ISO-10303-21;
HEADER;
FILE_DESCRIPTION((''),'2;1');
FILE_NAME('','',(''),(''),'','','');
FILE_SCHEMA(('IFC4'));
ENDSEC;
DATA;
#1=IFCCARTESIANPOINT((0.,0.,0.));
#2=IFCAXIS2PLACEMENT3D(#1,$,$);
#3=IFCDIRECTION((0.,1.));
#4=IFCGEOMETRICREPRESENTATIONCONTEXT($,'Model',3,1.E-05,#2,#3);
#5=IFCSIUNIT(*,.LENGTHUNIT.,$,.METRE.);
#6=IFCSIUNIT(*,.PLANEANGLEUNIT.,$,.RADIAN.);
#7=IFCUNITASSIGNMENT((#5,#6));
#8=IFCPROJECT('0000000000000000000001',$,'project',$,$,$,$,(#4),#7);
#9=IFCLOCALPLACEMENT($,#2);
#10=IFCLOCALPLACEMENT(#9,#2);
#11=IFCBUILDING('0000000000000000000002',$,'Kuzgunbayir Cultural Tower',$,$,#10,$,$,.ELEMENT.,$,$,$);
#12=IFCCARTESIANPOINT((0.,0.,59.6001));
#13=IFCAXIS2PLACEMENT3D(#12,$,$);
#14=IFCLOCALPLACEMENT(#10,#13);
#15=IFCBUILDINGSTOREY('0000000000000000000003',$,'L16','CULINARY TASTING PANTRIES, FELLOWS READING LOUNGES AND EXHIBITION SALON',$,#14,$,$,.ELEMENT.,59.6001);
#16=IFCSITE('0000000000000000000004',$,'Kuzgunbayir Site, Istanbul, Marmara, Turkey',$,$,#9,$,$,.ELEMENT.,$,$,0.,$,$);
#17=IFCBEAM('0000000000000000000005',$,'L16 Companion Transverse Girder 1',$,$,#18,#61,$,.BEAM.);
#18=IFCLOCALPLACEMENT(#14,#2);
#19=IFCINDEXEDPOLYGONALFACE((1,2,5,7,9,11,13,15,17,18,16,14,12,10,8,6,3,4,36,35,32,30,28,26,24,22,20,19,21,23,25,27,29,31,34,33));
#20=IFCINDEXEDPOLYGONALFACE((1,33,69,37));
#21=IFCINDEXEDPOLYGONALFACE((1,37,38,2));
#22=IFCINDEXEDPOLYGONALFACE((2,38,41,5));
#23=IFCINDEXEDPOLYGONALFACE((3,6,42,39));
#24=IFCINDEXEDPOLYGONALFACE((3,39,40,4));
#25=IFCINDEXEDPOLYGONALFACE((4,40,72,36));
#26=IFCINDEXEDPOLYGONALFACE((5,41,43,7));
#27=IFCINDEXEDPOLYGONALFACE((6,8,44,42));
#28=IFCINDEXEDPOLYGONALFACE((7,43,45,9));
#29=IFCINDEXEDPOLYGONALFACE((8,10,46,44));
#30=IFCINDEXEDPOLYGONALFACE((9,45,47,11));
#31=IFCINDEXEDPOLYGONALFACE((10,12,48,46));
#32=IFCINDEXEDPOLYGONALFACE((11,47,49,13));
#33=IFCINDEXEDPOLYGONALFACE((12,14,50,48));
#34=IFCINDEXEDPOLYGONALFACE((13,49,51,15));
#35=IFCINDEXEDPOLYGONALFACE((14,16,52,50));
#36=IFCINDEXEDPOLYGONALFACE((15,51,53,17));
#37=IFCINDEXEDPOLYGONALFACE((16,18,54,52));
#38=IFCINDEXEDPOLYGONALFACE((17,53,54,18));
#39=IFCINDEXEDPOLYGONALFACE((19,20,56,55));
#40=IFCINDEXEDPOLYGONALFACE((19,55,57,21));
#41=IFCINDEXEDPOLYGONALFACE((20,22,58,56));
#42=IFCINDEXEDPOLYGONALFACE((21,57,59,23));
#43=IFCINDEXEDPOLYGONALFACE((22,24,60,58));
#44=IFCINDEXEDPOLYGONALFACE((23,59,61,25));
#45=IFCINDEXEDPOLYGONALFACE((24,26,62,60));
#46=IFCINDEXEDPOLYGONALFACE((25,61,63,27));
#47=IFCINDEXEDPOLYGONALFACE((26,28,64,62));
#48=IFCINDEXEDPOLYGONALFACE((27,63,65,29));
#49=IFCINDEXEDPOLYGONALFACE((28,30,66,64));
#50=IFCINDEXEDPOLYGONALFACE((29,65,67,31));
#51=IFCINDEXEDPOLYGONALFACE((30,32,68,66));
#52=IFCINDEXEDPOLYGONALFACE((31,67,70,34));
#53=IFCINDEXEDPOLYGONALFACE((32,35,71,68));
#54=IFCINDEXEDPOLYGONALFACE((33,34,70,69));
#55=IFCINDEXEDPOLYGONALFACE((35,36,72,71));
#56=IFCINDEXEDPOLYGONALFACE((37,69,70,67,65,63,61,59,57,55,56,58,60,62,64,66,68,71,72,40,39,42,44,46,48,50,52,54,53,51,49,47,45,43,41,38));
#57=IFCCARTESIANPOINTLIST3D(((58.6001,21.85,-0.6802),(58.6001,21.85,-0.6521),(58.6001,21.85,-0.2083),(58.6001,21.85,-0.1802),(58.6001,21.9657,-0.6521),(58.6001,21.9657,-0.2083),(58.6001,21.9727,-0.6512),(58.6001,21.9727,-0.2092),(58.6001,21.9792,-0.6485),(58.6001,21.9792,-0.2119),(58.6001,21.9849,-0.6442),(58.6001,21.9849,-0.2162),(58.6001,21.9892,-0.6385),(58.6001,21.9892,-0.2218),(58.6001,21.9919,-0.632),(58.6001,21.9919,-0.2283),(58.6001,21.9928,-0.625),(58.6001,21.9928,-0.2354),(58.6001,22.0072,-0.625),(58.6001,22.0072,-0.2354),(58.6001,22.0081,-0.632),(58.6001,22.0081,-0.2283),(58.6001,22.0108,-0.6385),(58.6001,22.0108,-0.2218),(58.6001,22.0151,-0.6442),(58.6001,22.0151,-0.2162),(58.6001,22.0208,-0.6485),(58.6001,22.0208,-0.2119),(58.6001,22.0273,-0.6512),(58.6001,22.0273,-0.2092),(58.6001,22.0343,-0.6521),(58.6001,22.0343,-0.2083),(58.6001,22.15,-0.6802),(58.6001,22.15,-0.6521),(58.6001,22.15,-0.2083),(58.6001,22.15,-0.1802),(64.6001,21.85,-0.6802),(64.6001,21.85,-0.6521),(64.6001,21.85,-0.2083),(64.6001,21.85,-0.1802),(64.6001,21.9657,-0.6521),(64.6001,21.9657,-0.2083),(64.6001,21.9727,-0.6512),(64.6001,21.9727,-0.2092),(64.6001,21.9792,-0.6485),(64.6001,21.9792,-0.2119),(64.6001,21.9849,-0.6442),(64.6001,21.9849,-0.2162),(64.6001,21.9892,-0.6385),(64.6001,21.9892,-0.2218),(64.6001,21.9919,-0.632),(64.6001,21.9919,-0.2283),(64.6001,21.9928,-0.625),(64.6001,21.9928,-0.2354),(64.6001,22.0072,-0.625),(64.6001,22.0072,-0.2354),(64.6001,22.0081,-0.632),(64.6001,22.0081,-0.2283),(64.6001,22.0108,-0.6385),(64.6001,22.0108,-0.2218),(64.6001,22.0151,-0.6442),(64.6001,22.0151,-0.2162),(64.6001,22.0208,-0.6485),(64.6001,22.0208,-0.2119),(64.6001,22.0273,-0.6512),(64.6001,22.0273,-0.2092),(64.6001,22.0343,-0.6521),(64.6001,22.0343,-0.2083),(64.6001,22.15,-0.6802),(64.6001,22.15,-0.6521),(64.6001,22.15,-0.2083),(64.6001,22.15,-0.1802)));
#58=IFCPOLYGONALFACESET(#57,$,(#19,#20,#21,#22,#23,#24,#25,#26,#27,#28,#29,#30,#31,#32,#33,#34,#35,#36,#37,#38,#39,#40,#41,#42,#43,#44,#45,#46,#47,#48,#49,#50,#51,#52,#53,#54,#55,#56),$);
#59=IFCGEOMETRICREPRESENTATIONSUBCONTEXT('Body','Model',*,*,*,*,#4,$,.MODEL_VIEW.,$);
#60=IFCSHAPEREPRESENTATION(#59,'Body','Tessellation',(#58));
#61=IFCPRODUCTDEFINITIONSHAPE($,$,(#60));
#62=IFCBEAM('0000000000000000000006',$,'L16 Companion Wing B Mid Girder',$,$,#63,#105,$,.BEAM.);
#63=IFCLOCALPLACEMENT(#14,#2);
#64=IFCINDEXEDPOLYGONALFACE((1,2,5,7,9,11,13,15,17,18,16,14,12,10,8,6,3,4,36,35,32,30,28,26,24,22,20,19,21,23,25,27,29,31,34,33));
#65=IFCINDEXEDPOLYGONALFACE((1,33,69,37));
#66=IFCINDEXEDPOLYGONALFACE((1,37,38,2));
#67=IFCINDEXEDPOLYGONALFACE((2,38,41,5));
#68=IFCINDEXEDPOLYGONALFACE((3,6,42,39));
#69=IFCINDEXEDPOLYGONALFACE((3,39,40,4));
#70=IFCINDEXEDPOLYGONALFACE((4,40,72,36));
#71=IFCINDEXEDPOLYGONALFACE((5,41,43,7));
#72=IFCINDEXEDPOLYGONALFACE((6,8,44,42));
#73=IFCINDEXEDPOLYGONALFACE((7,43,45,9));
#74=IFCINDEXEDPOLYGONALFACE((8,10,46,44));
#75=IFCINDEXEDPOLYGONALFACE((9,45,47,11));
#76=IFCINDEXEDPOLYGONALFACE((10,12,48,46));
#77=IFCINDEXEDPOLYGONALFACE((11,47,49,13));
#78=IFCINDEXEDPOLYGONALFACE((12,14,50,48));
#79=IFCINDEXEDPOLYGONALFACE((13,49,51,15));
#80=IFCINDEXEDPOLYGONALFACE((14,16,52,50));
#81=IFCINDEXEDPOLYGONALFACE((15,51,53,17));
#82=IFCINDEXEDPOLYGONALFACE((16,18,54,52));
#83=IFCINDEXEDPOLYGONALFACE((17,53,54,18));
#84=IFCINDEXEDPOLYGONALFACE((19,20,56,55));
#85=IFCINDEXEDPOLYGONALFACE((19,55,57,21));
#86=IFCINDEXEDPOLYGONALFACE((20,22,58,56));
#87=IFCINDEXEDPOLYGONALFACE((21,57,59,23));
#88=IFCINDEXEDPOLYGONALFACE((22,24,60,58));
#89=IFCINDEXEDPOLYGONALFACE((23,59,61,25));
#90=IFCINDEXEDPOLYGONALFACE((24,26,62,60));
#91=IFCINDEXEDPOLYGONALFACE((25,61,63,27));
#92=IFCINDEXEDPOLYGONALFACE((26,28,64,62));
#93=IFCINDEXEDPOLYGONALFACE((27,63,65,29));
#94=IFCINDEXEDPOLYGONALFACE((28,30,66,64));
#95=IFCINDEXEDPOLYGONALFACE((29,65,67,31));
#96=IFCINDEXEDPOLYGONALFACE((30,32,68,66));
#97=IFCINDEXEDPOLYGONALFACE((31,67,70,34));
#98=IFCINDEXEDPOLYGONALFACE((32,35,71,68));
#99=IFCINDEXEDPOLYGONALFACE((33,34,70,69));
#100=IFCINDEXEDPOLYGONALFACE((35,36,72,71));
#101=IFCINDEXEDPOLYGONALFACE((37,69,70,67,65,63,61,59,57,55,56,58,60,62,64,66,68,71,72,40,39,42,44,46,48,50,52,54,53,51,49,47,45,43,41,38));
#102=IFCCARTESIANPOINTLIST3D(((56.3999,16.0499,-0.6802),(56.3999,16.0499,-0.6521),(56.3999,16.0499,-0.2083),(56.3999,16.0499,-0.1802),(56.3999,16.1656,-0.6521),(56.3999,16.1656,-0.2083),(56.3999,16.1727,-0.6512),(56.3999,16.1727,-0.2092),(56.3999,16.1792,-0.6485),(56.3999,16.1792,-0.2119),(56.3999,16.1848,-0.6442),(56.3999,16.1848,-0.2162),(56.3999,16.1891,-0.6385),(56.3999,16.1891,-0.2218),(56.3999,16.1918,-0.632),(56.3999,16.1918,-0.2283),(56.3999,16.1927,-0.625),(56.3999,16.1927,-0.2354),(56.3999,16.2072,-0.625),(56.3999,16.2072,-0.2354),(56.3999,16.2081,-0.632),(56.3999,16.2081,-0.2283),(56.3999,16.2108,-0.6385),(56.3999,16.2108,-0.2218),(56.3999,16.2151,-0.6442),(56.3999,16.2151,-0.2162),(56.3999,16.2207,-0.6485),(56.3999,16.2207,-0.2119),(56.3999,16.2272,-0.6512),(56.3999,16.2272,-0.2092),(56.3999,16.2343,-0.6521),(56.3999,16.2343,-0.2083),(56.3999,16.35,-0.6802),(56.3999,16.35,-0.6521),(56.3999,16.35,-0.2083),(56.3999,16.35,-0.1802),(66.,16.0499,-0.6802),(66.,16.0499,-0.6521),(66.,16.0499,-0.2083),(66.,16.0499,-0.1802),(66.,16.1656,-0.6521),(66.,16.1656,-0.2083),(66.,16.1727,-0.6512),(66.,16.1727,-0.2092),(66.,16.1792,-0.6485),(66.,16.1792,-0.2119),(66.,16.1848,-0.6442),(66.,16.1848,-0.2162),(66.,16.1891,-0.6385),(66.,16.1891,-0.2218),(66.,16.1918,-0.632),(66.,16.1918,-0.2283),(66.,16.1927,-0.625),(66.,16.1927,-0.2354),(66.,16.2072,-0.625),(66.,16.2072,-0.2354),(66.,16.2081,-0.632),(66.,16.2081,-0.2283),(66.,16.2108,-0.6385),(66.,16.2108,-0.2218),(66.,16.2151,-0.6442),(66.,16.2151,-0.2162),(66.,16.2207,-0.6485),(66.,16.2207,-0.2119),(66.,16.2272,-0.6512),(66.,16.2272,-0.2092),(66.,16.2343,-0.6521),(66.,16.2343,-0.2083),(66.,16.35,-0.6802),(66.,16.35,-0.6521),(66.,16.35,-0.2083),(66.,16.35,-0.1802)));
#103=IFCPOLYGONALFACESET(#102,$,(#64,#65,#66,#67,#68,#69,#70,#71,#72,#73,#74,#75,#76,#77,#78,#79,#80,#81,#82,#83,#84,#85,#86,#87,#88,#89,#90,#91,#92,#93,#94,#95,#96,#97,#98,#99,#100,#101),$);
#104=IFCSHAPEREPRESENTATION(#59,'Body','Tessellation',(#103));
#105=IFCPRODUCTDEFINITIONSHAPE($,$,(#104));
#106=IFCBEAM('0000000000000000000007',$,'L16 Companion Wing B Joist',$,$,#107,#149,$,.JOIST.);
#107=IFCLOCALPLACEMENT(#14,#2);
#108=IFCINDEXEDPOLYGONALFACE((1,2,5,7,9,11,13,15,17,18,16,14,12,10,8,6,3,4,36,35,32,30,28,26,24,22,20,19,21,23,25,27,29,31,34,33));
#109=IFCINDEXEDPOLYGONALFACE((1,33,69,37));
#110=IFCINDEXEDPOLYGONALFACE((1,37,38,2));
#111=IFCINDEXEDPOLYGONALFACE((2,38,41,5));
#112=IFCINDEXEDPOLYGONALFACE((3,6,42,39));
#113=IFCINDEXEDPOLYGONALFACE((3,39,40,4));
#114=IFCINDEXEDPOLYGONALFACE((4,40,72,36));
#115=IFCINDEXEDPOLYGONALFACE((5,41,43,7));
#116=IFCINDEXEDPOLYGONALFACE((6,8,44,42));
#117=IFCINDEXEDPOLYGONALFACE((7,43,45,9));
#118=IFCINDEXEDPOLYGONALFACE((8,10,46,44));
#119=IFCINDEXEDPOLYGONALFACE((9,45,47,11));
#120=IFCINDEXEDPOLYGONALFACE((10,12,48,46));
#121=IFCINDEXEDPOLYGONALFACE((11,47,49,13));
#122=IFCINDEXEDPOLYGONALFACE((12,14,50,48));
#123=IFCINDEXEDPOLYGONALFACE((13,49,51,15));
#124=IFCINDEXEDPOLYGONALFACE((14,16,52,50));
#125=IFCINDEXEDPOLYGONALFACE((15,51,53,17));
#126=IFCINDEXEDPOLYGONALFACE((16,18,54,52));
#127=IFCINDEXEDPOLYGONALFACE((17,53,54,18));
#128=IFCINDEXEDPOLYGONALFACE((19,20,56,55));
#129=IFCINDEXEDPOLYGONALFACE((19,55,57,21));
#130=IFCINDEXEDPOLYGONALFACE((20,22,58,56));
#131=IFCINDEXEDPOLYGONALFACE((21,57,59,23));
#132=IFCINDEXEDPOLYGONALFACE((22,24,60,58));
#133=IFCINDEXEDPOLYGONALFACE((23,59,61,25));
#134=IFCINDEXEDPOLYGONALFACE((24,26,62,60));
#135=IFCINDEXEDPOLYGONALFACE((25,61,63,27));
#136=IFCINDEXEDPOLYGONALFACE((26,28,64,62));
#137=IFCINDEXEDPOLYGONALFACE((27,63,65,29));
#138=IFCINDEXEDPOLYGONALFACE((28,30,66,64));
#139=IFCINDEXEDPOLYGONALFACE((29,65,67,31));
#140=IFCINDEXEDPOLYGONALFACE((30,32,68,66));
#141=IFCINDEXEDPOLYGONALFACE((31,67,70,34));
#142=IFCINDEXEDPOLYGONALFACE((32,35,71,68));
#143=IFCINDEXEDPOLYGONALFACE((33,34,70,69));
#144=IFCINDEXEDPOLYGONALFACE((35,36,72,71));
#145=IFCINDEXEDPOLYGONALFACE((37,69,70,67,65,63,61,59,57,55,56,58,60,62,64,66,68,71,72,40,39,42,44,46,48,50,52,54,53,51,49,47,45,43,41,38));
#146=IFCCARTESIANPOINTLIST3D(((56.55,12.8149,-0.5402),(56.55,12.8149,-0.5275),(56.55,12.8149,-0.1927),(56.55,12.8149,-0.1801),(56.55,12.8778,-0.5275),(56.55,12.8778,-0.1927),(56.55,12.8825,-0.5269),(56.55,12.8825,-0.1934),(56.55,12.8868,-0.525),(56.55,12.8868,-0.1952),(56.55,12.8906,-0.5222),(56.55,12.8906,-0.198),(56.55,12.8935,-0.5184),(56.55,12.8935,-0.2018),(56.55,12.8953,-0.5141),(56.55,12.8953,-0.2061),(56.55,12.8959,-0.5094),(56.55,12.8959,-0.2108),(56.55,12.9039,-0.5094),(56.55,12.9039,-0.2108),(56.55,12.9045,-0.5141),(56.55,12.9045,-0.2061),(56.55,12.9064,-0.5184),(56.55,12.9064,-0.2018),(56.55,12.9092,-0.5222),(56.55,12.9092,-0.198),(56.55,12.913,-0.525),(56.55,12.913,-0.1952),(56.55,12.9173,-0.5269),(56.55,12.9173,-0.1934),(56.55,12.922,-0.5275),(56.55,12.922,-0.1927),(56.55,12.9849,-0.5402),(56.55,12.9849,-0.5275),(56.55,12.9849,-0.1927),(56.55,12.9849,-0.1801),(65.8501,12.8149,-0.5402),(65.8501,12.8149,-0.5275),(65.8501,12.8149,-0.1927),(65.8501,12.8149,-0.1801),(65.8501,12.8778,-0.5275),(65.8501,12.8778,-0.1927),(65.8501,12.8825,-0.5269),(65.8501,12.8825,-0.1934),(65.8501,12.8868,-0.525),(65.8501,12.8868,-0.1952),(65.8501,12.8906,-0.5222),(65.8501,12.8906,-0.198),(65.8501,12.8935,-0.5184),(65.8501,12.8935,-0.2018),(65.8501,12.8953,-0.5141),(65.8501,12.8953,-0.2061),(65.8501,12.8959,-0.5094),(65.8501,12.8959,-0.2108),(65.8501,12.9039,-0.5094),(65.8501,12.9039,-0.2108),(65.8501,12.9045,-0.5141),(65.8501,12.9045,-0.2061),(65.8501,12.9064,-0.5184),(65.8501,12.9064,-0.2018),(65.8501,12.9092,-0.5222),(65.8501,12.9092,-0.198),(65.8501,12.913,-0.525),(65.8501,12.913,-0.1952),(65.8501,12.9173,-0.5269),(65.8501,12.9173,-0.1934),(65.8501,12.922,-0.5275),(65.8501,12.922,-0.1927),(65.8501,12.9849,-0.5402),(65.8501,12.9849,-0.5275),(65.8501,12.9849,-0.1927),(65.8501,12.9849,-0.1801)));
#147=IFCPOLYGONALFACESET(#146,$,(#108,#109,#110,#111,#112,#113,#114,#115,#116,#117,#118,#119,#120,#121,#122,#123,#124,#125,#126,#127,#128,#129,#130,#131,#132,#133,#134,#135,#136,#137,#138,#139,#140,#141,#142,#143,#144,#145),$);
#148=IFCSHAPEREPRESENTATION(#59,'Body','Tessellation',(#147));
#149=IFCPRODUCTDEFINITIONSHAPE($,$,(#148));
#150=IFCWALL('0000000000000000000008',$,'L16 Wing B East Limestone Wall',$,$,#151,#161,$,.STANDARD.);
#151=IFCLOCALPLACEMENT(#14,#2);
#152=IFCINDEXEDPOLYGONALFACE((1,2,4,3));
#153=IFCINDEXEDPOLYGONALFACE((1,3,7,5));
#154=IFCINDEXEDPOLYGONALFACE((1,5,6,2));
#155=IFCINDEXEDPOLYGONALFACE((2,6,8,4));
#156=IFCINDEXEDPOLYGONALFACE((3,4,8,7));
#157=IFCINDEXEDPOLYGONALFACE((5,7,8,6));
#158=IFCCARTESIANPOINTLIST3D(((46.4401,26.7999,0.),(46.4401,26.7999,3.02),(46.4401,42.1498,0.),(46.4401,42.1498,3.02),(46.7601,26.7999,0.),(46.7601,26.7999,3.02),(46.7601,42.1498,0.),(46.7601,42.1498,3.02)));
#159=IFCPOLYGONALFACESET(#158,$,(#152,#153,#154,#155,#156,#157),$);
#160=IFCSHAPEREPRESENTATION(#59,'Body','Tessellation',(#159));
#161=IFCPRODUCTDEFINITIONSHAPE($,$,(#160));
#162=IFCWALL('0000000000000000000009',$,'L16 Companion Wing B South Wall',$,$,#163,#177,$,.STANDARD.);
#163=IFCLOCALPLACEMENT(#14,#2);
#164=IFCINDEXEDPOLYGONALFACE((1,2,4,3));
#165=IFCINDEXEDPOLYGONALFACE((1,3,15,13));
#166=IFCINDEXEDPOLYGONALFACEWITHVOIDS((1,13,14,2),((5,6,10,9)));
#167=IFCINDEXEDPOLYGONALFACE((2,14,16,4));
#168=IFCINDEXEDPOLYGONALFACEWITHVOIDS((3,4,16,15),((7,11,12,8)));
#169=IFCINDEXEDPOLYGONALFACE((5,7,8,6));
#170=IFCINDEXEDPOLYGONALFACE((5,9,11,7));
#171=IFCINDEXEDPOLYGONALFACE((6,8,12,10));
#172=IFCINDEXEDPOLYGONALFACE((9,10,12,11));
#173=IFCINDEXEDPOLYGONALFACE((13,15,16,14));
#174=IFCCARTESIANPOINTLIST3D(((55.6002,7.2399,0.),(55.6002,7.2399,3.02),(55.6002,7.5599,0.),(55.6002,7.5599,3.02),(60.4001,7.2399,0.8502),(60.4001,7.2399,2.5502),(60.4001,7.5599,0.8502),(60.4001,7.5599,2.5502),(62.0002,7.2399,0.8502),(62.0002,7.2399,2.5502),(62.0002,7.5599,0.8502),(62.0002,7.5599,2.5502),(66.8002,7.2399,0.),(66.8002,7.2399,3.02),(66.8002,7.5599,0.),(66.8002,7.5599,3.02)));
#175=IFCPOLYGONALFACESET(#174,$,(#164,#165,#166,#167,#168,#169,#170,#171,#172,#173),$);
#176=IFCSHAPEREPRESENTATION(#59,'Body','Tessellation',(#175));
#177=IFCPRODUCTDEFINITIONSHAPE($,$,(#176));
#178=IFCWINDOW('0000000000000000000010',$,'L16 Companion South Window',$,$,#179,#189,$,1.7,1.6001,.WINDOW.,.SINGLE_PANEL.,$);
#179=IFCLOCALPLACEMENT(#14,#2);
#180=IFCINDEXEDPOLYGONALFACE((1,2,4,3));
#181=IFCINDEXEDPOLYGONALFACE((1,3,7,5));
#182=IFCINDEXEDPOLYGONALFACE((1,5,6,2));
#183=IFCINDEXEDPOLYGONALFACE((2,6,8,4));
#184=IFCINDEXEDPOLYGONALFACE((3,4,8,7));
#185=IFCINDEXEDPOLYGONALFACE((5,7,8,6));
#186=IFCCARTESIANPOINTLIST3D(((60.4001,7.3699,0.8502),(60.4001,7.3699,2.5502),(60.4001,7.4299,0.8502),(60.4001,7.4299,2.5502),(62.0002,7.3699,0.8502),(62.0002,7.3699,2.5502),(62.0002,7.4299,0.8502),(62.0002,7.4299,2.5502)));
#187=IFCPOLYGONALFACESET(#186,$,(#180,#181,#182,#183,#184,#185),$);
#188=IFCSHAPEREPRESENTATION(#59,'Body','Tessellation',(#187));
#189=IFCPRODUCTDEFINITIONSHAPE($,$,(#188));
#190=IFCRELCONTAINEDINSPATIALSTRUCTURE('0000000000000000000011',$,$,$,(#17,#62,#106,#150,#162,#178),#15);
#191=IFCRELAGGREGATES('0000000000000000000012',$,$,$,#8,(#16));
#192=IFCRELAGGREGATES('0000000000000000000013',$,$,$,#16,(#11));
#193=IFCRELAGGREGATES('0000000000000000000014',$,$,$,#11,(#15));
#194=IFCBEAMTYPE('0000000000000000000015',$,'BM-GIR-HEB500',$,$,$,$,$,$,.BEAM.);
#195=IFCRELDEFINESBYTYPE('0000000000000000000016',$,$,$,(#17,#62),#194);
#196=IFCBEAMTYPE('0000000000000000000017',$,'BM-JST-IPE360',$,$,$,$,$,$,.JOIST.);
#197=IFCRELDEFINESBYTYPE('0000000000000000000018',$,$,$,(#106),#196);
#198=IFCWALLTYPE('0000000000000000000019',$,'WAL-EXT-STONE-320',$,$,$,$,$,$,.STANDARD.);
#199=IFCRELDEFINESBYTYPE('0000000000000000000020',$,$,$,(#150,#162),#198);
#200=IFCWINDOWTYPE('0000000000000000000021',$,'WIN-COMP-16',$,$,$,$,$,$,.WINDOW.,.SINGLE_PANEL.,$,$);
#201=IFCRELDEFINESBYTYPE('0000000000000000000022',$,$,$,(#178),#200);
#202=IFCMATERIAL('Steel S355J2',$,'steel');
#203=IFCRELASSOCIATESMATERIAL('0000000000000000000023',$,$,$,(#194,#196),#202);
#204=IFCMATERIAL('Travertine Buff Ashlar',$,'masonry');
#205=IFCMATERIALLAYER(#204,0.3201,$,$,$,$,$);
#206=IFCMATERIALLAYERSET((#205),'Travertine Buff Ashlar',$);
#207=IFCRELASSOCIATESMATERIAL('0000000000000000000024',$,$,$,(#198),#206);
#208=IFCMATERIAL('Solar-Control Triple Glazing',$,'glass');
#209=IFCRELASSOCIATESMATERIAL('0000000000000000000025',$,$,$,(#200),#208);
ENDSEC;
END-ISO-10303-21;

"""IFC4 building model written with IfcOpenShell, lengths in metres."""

from ifc_helpers import new_model, si_unit, direction, frame, frame_2d, origin, origin_2d, place, context, subcontext, project, spatial, rectangle, i_section, extrude, material, layer, layer_set, material_profile, profile_set, type_object, element, fill, save


model = new_model("IFC4")

# Units and contexts
model_context = context("Model", 3, precision=1e-05, world=origin(), true_north=direction((0.0, 1.0)))
body_context = subcontext(model_context, "Body", "Model", "MODEL_VIEW")
ifc_project = project(units=[si_unit("LENGTHUNIT", "METRE"), si_unit("PLANEANGLEUNIT", "RADIAN")], contexts=[model_context])

# Site, building, storey
site_placement = place(None, origin())
site = spatial("IfcSite", under=ifc_project, at=site_placement, Name="Kuzgunbayir Site, Istanbul, Marmara, Turkey", CompositionType="ELEMENT", RefElevation=0.0)
building_placement = place(site_placement, origin())
building = spatial("IfcBuilding", under=site, at=building_placement, Name="Kuzgunbayir Cultural Tower", CompositionType="ELEMENT")
storey_placement = place(building_placement, frame((0.0, 0.0, 59.6001)))
storey = spatial("IfcBuildingStorey", under=building, at=storey_placement, Name="L16", Description="CULINARY TASTING PANTRIES, FELLOWS READING LOUNGES AND EXHIBITION SALON", CompositionType="ELEMENT", Elevation=59.6001)

# Beams
ifc_material_1 = material(Name="Steel S355J2", Category="steel")
ifc_material_profile_1 = material_profile(ifc_material_1, i_section(OverallWidth=0.3, OverallDepth=0.5, WebThickness=0.0144, FlangeThickness=0.0281, FilletRadius=0.0271, at=origin_2d()), Name="HEB 500")
ifc_profile_set_1 = profile_set([ifc_material_profile_1], Name="Steel S355J2")
beam_type_1 = type_object("IfcBeamType", Name="BM-GIR-HEB500", PredefinedType="BEAM", material=ifc_profile_set_1)
beam_1_placement = place(storey_placement, frame((58.6001, 22.0, -0.4302), z_axis=(1.0, 0.0, 0.0), x_axis=(0.0, 1.0, 0.0)))
element("IfcBeam", 1, at=beam_1_placement, inside=storey, type_object=beam_type_1, Name="L16 Companion Transverse Girder 1", PredefinedType="BEAM", context=body_context, shape_type="SweptSolid", body=[
    extrude(i_section(OverallWidth=0.3, OverallDepth=0.5, WebThickness=0.0144, FlangeThickness=0.0281, FilletRadius=0.0271, at=origin_2d()), origin(), (0.0, 0.0, 1.0), 6.0),
])
beam_2_placement = place(storey_placement, frame((56.3999, 16.2, -0.4302), z_axis=(1.0, 0.0, 0.0), x_axis=(0.0, 1.0, 0.0)))
element("IfcBeam", 2, at=beam_2_placement, inside=storey, type_object=beam_type_1, Name="L16 Companion Wing B Mid Girder", PredefinedType="BEAM", context=body_context, shape_type="SweptSolid", body=[
    extrude(i_section(OverallWidth=0.3, OverallDepth=0.5, WebThickness=0.0144, FlangeThickness=0.0281, FilletRadius=0.0271, at=origin_2d()), origin(), (0.0, 0.0, 1.0), 9.6001),
])
ifc_material_profile_2 = material_profile(ifc_material_1, i_section(OverallWidth=0.1699, OverallDepth=0.3601, WebThickness=0.0081, FlangeThickness=0.0127, FilletRadius=0.0181, at=origin_2d()), Name="IPE 360")
ifc_profile_set_2 = profile_set([ifc_material_profile_2], Name="Steel S355J2")
beam_type_2 = type_object("IfcBeamType", Name="BM-JST-IPE360", PredefinedType="JOIST", material=ifc_profile_set_2)
beam_3_placement = place(storey_placement, frame((56.55, 12.8999, -0.3601), z_axis=(1.0, 0.0, 0.0), x_axis=(0.0, 1.0, 0.0)))
element("IfcBeam", 3, at=beam_3_placement, inside=storey, type_object=beam_type_2, Name="L16 Companion Wing B Joist", PredefinedType="JOIST", context=body_context, shape_type="SweptSolid", body=[
    extrude(i_section(OverallWidth=0.1699, OverallDepth=0.3601, WebThickness=0.0081, FlangeThickness=0.0127, FilletRadius=0.0181, at=origin_2d()), origin(), (0.0, 0.0, 1.0), 9.3),
])

# Wall
ifc_material_2 = material(Name="Travertine Buff Ashlar", Category="masonry")
ifc_layer_1 = layer(ifc_material_2, 0.3201)
ifc_layer_set_1 = layer_set([ifc_layer_1], Name="Travertine Buff Ashlar")
wall_type_1 = type_object("IfcWallType", Name="WAL-EXT-STONE-320", PredefinedType="STANDARD", material=ifc_layer_set_1)
wall_1_placement = place(storey_placement, frame((46.6001, 26.8, 0.0), z_axis=(0.0, 0.0, 1.0), x_axis=(0.0, 1.0, 0.0)))
element("IfcWall", 4, at=wall_1_placement, inside=storey, type_object=wall_type_1, Name="L16 Wing B East Limestone Wall", PredefinedType="STANDARD", context=body_context, shape_type="SweptSolid", body=[
    extrude(rectangle(XDim=15.3499, YDim=0.3201, at=frame_2d((7.6748, 0.0))), origin(), (0.0, 0.0, 1.0), 3.02),
])

# Wall, opening, window
wall_2_placement = place(storey_placement, frame((55.6001, 7.3999, 0.0), z_axis=(0.0, 0.0, 1.0), x_axis=(1.0, 0.0, 0.0)))
wall_2 = element("IfcWall", 5, at=wall_2_placement, inside=storey, type_object=wall_type_1, Name="L16 Companion Wing B South Wall", PredefinedType="STANDARD", context=body_context, shape_type="SweptSolid", body=[
    extrude(rectangle(XDim=11.2, YDim=0.3201, at=frame_2d((5.6001, 0.0))), origin(), (0.0, 0.0, 1.0), 3.02),
])
opening_1_placement = place(wall_2_placement, frame((4.8, 0.0, 0.8501)))
opening_1 = element("IfcOpeningElement", 6, at=opening_1_placement, cuts=wall_2, PredefinedType="OPENING", context=body_context, shape_type="SweptSolid", body=[
    extrude(rectangle(XDim=1.6001, YDim=1.7, at=frame_2d((0.8, 0.8501))), frame((0.0, 0.1699, 0.0), z_axis=(0.0, -1.0, 0.0), x_axis=(1.0, 0.0, 0.0)), (0.0, 0.0, 1.0), 0.3401),
])
ifc_material_3 = material(Name="Solar-Control Triple Glazing", Category="glass")
window_type = type_object("IfcWindowType", Name="WIN-COMP-16", PartitioningType="SINGLE_PANEL", PredefinedType="WINDOW", material=ifc_material_3)
window_placement = place(opening_1_placement, origin())
window = element("IfcWindow", 7, at=window_placement, inside=storey, type_object=window_type, Name="L16 Companion South Window", OverallHeight=1.7, OverallWidth=1.6001, PartitioningType="SINGLE_PANEL", PredefinedType="WINDOW", context=body_context, shape_type="SweptSolid", body=[
    extrude(rectangle(XDim=1.6001, YDim=1.7, at=frame_2d((0.8, 0.8501))), frame((0.0, 0.03, 0.0), z_axis=(0.0, -1.0, 0.0), x_axis=(1.0, 0.0, 0.0)), (0.0, 0.0, 1.0), 0.0601),
])
fill(opening_1, window)

save(model, "model.ifc")
